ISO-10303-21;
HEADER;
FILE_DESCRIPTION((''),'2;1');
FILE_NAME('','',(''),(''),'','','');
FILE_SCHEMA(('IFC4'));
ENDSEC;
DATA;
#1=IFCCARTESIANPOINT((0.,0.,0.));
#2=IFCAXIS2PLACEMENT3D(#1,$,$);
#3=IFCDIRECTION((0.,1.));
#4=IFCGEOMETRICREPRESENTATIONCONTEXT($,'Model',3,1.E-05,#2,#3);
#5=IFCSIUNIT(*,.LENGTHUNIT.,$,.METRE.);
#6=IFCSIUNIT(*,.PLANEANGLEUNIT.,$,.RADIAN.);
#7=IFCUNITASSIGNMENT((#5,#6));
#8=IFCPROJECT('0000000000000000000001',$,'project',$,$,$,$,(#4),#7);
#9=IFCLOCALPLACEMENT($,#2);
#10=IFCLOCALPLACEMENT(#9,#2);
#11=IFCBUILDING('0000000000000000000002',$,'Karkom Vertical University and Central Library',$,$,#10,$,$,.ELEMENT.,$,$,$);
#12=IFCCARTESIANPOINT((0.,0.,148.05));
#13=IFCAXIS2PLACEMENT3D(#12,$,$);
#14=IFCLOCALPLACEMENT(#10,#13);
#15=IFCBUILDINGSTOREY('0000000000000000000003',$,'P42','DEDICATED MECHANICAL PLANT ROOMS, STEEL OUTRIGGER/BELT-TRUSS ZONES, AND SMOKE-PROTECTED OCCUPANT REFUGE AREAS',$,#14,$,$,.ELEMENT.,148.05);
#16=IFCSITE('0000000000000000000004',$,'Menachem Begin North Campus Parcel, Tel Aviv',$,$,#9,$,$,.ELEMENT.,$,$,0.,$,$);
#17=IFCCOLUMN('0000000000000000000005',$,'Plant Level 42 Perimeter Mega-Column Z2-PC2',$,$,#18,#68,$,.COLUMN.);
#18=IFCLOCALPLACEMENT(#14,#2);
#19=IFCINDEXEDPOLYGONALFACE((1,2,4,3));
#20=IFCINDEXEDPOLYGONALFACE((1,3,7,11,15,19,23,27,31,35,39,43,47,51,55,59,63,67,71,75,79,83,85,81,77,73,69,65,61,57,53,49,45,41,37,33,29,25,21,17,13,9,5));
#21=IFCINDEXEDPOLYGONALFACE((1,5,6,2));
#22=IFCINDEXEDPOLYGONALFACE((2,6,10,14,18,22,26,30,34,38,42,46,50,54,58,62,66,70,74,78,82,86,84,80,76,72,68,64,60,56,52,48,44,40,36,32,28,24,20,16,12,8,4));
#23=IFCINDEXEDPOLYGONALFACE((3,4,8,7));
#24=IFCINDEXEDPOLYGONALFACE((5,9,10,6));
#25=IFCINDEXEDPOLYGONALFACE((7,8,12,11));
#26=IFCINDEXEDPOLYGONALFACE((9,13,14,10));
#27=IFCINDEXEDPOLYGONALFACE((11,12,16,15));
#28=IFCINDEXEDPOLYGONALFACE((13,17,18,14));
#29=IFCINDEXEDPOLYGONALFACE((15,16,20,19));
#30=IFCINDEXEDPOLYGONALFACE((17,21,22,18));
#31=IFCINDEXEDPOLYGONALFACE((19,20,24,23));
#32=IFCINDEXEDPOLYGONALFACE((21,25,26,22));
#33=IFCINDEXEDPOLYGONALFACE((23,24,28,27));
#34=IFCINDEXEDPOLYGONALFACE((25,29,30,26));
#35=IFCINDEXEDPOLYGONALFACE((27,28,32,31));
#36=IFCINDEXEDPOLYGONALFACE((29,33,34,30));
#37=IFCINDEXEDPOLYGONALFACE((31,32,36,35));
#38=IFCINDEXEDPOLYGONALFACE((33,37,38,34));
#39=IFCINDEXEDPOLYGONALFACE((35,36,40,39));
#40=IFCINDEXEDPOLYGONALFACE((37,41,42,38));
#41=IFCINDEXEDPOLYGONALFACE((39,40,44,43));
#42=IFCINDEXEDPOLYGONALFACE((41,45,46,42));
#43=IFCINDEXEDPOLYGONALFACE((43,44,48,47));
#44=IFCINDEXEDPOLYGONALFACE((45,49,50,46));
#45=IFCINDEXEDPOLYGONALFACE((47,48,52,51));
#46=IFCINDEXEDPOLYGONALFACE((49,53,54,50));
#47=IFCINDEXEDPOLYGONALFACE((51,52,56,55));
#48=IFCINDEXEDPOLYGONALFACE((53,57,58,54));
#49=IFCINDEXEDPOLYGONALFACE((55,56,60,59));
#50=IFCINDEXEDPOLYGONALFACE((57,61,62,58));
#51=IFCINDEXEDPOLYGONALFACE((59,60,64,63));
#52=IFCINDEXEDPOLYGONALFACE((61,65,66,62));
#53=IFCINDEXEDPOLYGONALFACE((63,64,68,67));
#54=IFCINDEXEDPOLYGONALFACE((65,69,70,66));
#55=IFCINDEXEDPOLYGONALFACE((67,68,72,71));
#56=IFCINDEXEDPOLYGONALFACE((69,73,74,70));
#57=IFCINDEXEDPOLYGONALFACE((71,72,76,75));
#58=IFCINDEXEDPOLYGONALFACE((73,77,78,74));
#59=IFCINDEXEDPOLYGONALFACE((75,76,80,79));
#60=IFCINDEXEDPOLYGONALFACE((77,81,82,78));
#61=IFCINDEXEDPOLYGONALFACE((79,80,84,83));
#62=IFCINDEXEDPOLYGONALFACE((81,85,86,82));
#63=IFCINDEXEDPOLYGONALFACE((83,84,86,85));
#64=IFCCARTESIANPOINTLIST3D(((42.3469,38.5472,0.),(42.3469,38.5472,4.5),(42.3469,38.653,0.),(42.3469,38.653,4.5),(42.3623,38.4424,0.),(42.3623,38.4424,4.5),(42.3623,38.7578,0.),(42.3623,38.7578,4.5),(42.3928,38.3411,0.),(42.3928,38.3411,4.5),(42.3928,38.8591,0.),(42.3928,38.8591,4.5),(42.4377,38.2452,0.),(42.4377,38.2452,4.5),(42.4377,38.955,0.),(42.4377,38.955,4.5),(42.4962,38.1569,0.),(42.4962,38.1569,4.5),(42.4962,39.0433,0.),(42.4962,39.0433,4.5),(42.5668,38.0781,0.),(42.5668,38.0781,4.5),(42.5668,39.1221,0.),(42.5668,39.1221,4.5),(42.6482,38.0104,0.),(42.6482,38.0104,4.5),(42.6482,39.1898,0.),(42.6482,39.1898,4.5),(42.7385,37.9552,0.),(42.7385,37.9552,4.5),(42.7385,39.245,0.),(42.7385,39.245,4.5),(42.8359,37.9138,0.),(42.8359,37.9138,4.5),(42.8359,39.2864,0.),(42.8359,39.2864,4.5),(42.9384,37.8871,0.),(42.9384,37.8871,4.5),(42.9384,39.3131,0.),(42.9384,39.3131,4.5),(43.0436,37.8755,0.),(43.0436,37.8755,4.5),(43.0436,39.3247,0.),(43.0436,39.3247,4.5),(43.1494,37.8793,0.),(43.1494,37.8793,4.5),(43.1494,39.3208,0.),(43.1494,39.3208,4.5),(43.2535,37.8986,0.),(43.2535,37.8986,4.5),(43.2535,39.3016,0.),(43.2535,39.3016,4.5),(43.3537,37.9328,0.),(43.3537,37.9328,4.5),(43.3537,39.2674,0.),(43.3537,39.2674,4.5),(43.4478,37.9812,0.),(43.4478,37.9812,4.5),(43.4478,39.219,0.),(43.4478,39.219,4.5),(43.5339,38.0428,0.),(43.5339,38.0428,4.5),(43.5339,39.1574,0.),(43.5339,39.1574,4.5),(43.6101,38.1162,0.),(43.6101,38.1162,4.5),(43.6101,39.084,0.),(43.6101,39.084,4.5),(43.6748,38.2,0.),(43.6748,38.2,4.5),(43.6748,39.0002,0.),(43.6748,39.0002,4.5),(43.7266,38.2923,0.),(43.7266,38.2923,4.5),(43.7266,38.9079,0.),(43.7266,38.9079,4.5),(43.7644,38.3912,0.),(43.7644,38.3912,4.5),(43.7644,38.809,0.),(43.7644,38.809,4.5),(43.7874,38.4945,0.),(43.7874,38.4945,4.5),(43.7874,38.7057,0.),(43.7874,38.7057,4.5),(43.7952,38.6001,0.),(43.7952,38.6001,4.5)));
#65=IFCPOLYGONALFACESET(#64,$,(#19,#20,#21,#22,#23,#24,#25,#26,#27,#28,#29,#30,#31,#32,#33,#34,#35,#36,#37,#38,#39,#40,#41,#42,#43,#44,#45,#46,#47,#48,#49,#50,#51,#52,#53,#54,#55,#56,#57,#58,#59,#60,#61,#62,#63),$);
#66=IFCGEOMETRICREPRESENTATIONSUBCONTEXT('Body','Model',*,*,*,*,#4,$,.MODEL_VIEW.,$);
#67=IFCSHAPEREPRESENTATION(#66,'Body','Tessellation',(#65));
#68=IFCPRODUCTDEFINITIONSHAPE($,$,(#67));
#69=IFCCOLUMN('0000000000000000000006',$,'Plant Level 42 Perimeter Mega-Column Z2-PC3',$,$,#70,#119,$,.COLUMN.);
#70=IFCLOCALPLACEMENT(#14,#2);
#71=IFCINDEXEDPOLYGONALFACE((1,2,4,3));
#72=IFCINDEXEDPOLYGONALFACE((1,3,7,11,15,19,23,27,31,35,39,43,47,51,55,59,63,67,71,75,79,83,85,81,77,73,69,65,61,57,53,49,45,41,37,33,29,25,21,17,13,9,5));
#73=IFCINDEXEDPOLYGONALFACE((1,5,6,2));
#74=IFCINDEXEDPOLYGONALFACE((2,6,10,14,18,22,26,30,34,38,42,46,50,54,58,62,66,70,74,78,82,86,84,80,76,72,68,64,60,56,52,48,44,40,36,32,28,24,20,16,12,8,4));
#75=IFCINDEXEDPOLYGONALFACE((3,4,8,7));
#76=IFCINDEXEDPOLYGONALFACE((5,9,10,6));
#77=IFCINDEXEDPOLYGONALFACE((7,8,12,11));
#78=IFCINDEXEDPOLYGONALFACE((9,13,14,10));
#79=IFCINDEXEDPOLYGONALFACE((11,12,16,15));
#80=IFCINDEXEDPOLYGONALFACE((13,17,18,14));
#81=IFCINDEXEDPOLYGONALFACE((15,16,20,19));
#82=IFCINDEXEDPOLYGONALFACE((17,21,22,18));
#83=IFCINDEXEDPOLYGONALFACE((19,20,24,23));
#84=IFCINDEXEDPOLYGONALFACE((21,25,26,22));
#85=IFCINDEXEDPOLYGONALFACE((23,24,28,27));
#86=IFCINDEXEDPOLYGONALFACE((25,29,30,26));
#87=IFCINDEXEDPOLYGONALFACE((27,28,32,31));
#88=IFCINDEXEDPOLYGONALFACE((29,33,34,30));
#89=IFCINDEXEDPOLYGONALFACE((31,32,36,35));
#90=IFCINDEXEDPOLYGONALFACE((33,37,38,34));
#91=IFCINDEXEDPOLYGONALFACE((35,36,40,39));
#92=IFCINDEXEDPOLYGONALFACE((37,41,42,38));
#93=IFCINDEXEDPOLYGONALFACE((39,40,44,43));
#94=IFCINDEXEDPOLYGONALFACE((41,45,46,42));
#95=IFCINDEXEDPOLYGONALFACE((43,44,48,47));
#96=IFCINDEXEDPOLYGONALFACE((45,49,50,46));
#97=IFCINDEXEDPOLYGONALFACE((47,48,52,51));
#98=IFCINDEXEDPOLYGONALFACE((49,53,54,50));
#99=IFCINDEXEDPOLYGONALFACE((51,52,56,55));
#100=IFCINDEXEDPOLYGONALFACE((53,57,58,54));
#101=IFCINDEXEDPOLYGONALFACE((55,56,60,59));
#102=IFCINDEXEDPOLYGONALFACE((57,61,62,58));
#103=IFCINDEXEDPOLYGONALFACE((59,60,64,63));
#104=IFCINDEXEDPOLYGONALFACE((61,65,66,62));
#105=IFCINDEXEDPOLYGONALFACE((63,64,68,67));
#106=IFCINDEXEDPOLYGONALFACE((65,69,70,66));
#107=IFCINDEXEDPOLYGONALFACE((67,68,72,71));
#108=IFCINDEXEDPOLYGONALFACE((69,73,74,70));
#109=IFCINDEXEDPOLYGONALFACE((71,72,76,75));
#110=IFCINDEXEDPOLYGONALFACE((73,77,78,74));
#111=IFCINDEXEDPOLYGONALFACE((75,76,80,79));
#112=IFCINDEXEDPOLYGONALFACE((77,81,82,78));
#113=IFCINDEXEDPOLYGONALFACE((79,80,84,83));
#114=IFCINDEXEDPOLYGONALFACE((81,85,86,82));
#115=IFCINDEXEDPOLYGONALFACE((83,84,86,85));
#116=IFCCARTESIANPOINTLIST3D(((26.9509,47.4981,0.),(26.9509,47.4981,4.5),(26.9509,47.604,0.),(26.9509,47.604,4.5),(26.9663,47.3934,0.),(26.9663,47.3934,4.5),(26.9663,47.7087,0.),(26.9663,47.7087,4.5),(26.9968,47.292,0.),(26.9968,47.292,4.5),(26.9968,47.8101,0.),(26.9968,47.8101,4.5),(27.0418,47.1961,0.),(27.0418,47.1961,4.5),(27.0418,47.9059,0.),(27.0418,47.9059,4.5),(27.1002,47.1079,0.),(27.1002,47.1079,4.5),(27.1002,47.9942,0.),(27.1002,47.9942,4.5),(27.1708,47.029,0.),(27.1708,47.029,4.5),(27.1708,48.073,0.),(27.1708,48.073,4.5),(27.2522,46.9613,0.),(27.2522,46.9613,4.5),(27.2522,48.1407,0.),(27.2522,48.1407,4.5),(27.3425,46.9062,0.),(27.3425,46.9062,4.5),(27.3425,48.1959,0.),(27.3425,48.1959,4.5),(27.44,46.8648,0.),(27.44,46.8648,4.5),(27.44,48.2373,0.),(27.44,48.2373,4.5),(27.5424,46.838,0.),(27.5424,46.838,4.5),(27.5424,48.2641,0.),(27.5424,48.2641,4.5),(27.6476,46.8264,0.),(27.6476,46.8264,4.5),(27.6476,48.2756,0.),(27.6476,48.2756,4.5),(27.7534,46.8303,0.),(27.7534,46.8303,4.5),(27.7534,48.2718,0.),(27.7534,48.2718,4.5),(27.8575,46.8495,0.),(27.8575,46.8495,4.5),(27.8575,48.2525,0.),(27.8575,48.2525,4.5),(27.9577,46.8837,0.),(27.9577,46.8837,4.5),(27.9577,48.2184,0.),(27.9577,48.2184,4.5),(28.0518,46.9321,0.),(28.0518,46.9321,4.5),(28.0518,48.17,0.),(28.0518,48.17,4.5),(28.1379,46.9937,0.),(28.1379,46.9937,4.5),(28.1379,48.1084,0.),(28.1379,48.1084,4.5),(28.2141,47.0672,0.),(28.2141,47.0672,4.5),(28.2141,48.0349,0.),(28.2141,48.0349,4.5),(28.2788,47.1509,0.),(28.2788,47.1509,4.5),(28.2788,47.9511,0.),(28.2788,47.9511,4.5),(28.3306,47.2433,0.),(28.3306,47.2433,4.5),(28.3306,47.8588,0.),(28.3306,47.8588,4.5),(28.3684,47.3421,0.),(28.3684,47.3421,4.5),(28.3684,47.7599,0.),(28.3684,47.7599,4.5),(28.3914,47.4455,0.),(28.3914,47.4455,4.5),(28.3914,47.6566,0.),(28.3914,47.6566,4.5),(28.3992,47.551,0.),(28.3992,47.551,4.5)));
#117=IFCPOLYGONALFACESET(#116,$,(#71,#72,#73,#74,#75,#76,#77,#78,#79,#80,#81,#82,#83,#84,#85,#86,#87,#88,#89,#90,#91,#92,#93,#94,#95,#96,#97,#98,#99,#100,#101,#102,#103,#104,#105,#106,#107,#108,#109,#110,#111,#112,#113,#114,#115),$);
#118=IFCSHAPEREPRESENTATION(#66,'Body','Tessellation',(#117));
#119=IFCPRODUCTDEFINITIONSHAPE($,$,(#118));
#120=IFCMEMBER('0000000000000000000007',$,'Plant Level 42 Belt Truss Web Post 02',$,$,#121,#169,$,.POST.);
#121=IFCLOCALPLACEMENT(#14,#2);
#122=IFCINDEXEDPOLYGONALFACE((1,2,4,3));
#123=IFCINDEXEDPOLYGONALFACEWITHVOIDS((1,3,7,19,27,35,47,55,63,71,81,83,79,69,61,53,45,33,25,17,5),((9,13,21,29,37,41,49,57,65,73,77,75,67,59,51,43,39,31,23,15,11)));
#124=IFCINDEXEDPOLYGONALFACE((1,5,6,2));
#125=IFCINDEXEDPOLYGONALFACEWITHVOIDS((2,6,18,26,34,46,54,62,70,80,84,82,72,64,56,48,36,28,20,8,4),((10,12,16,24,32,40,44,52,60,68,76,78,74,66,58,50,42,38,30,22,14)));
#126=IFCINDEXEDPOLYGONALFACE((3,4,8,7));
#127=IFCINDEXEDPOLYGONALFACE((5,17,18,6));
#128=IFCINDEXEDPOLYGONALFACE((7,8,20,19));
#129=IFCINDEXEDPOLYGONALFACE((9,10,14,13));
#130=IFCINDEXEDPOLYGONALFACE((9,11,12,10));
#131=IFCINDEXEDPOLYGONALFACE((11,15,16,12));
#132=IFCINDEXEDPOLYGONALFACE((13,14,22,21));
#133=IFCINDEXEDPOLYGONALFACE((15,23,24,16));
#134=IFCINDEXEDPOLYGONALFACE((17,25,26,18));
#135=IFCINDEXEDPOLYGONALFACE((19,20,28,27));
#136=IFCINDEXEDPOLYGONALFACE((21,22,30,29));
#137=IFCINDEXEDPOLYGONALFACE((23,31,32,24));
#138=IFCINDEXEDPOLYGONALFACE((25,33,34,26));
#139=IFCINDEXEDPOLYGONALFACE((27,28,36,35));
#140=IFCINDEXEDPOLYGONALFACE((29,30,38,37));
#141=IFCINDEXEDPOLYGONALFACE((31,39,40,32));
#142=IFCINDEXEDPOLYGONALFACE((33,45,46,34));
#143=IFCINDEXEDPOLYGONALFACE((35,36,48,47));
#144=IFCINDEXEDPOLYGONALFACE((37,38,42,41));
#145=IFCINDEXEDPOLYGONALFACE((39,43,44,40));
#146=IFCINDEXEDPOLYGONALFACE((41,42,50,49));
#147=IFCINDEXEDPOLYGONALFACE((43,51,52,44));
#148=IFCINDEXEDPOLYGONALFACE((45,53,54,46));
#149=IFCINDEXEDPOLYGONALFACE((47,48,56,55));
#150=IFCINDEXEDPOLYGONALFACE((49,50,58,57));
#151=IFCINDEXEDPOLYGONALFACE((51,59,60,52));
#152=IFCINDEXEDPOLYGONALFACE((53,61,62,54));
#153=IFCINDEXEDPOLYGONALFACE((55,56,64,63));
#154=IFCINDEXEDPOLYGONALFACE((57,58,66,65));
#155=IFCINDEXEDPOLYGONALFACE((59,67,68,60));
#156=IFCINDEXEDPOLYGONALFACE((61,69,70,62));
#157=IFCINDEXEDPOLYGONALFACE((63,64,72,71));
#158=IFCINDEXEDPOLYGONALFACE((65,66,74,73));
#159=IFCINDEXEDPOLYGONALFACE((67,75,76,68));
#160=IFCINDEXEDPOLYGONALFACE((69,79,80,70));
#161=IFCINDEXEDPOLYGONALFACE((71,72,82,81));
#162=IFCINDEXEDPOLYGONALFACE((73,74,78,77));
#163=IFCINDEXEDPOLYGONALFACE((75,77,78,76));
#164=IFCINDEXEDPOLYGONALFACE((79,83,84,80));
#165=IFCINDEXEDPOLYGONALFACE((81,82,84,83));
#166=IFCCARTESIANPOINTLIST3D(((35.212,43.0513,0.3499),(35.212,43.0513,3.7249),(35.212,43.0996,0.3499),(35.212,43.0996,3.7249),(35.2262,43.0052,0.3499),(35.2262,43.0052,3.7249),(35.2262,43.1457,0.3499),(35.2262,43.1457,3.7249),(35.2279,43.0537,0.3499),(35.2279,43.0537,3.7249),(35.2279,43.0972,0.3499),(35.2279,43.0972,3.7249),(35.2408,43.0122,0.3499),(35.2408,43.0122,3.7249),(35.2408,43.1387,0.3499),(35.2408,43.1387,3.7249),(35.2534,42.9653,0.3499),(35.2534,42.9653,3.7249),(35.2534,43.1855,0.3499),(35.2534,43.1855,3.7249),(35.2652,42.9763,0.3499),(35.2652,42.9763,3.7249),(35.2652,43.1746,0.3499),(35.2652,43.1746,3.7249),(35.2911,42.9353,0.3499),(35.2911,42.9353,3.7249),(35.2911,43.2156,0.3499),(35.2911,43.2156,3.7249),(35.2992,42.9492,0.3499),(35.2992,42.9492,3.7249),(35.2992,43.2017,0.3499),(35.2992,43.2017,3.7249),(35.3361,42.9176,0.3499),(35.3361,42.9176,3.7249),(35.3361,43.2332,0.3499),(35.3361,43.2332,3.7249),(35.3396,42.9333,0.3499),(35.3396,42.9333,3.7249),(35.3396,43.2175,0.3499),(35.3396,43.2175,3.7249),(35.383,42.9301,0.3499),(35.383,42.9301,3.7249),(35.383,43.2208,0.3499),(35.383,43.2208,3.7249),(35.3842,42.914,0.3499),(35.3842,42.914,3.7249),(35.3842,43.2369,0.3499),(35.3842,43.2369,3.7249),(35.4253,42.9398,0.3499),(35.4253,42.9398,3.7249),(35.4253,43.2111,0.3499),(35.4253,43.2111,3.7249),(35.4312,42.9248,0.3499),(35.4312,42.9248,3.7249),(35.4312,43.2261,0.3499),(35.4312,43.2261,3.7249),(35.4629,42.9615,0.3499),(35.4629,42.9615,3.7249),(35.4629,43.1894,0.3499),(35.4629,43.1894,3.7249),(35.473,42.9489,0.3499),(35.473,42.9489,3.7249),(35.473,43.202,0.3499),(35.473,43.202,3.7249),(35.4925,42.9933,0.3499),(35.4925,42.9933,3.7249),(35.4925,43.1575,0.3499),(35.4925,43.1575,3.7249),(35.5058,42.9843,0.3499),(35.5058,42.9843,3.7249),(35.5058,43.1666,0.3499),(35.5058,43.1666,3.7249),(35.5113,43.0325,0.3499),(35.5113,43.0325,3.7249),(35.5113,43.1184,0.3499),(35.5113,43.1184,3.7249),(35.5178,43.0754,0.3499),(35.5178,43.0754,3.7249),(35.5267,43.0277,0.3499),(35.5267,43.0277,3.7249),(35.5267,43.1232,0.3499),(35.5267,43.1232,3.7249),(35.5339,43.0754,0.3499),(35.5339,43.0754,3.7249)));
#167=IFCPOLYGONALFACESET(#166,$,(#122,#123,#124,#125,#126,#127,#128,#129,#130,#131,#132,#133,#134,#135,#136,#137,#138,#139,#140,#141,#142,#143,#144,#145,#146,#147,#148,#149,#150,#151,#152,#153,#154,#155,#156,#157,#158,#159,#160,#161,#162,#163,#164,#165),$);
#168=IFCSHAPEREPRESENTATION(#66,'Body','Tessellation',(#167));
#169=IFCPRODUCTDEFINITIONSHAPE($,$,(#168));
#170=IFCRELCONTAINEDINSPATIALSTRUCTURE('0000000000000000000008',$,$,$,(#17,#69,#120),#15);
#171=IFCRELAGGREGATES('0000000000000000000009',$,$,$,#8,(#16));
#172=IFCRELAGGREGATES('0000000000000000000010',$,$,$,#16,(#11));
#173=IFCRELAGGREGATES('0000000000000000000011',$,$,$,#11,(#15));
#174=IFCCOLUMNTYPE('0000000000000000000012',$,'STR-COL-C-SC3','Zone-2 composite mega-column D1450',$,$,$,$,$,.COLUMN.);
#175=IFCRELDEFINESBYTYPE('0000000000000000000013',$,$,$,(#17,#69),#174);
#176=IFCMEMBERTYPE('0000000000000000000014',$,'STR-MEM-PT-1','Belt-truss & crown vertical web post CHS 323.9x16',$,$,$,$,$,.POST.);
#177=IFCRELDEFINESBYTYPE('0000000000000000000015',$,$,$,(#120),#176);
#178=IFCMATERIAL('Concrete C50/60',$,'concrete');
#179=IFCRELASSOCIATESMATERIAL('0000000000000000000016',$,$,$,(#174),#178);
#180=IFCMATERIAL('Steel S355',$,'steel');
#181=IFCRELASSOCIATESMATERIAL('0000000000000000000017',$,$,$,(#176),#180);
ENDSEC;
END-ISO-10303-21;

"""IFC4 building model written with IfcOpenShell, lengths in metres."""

from ifc_helpers import new_model, si_unit, direction, frame, origin, origin_with_axes, origin_2d, place, context, subcontext, project, spatial, circle, hollow_circle, extrude, source, transform, mapped, material, material_profile, profile_set, type_object, element, save


model = new_model("IFC4")

# Units and contexts
model_context = context("Model", 3, precision=1e-05, world=origin(), true_north=direction((0.0, 1.0)))
body_context = subcontext(model_context, "Body", "Model", "MODEL_VIEW")
ifc_project = project(units=[si_unit("LENGTHUNIT", "METRE"), si_unit("PLANEANGLEUNIT", "RADIAN")], contexts=[model_context])

# Site, building, storey
site_placement = place(None, origin())
site = spatial("IfcSite", under=ifc_project, at=site_placement, Name="Menachem Begin North Campus Parcel, Tel Aviv", CompositionType="ELEMENT", RefElevation=0.0)
building_placement = place(site_placement, origin())
building = spatial("IfcBuilding", under=site, at=building_placement, Name="Karkom Vertical University and Central Library", CompositionType="ELEMENT")
storey_placement = place(building_placement, frame((0.0, 0.0, 148.05)))
storey = spatial("IfcBuildingStorey", under=building, at=storey_placement, Name="P42", Description="DEDICATED MECHANICAL PLANT ROOMS, STEEL OUTRIGGER/BELT-TRUSS ZONES, AND SMOKE-PROTECTED OCCUPANT REFUGE AREAS", CompositionType="ELEMENT", Elevation=148.05)

# Columns
ifc_material_1 = material(Name="Concrete C50/60", Category="concrete")
ifc_material_profile_1 = material_profile(ifc_material_1, circle(Radius=0.7251, at=origin_2d()), Name="CFT-D1450")
ifc_profile_set_1 = profile_set([ifc_material_profile_1], Name="Concrete C50/60")
column_type = type_object("IfcColumnType", Name="STR-COL-C-SC3", Description="Zone-2 composite mega-column D1450", PredefinedType="COLUMN", material=ifc_profile_set_1)
shared_shape_1 = source(origin_with_axes(), body_context, "Body", "SweptSolid", [
    extrude(circle(Radius=0.7251, at=origin_2d()), origin(), (0.0, 0.0, 1.0), 4.5),
])
for number, where, z_axis, x_axis, name in (
    (1, (43.0701, 38.6001, 0.0), (0.0, 0.0, 1.0), (1.0, 0.0, 0.0), "Plant Level 42 Perimeter Mega-Column Z2-PC2"),
    (2, (27.6741, 47.551, 0.0), (0.0, 0.0, 1.0), (1.0, 0.0, 0.0), "Plant Level 42 Perimeter Mega-Column Z2-PC3"),
):
    element("IfcColumn", number, at=place(storey_placement, frame(where, z_axis=z_axis, x_axis=x_axis)), inside=storey, type_object=column_type, Name=name, PredefinedType="COLUMN", context=body_context, shape_type="MappedRepresentation", body=[
        mapped(shared_shape_1, transform((0.0, 0.0, 0.0), scale=1.0)),
    ])

# Member
ifc_material_2 = material(Name="Steel S355", Category="steel")
ifc_material_profile_2 = material_profile(ifc_material_2, hollow_circle(Radius=0.1619, WallThickness=0.0161, at=origin_2d()), Name="CHS 323.9x16")
ifc_profile_set_2 = profile_set([ifc_material_profile_2], Name="Steel S355")
member_type_1 = type_object("IfcMemberType", Name="STR-MEM-PT-1", Description="Belt-truss & crown vertical web post CHS 323.9x16", PredefinedType="POST", material=ifc_profile_set_2)
shared_shape_2 = source(origin_with_axes(), body_context, "Body", "SweptSolid", [
    extrude(hollow_circle(Radius=0.1619, WallThickness=0.0161, at=origin_2d()), origin(), (0.0, 0.0, 1.0), 3.375),
])
member_1_placement = place(storey_placement, frame((35.3721, 43.0754, 0.3499), z_axis=(0.0, 0.0, 1.0), x_axis=(1.0, 0.0, 0.0)))
element("IfcMember", 3, at=member_1_placement, inside=storey, type_object=member_type_1, Name="Plant Level 42 Belt Truss Web Post 02", PredefinedType="POST", context=body_context, shape_type="MappedRepresentation", body=[
    mapped(shared_shape_2, transform((0.0, 0.0, 0.0), scale=1.0)),
])

save(model, "model.ifc")
